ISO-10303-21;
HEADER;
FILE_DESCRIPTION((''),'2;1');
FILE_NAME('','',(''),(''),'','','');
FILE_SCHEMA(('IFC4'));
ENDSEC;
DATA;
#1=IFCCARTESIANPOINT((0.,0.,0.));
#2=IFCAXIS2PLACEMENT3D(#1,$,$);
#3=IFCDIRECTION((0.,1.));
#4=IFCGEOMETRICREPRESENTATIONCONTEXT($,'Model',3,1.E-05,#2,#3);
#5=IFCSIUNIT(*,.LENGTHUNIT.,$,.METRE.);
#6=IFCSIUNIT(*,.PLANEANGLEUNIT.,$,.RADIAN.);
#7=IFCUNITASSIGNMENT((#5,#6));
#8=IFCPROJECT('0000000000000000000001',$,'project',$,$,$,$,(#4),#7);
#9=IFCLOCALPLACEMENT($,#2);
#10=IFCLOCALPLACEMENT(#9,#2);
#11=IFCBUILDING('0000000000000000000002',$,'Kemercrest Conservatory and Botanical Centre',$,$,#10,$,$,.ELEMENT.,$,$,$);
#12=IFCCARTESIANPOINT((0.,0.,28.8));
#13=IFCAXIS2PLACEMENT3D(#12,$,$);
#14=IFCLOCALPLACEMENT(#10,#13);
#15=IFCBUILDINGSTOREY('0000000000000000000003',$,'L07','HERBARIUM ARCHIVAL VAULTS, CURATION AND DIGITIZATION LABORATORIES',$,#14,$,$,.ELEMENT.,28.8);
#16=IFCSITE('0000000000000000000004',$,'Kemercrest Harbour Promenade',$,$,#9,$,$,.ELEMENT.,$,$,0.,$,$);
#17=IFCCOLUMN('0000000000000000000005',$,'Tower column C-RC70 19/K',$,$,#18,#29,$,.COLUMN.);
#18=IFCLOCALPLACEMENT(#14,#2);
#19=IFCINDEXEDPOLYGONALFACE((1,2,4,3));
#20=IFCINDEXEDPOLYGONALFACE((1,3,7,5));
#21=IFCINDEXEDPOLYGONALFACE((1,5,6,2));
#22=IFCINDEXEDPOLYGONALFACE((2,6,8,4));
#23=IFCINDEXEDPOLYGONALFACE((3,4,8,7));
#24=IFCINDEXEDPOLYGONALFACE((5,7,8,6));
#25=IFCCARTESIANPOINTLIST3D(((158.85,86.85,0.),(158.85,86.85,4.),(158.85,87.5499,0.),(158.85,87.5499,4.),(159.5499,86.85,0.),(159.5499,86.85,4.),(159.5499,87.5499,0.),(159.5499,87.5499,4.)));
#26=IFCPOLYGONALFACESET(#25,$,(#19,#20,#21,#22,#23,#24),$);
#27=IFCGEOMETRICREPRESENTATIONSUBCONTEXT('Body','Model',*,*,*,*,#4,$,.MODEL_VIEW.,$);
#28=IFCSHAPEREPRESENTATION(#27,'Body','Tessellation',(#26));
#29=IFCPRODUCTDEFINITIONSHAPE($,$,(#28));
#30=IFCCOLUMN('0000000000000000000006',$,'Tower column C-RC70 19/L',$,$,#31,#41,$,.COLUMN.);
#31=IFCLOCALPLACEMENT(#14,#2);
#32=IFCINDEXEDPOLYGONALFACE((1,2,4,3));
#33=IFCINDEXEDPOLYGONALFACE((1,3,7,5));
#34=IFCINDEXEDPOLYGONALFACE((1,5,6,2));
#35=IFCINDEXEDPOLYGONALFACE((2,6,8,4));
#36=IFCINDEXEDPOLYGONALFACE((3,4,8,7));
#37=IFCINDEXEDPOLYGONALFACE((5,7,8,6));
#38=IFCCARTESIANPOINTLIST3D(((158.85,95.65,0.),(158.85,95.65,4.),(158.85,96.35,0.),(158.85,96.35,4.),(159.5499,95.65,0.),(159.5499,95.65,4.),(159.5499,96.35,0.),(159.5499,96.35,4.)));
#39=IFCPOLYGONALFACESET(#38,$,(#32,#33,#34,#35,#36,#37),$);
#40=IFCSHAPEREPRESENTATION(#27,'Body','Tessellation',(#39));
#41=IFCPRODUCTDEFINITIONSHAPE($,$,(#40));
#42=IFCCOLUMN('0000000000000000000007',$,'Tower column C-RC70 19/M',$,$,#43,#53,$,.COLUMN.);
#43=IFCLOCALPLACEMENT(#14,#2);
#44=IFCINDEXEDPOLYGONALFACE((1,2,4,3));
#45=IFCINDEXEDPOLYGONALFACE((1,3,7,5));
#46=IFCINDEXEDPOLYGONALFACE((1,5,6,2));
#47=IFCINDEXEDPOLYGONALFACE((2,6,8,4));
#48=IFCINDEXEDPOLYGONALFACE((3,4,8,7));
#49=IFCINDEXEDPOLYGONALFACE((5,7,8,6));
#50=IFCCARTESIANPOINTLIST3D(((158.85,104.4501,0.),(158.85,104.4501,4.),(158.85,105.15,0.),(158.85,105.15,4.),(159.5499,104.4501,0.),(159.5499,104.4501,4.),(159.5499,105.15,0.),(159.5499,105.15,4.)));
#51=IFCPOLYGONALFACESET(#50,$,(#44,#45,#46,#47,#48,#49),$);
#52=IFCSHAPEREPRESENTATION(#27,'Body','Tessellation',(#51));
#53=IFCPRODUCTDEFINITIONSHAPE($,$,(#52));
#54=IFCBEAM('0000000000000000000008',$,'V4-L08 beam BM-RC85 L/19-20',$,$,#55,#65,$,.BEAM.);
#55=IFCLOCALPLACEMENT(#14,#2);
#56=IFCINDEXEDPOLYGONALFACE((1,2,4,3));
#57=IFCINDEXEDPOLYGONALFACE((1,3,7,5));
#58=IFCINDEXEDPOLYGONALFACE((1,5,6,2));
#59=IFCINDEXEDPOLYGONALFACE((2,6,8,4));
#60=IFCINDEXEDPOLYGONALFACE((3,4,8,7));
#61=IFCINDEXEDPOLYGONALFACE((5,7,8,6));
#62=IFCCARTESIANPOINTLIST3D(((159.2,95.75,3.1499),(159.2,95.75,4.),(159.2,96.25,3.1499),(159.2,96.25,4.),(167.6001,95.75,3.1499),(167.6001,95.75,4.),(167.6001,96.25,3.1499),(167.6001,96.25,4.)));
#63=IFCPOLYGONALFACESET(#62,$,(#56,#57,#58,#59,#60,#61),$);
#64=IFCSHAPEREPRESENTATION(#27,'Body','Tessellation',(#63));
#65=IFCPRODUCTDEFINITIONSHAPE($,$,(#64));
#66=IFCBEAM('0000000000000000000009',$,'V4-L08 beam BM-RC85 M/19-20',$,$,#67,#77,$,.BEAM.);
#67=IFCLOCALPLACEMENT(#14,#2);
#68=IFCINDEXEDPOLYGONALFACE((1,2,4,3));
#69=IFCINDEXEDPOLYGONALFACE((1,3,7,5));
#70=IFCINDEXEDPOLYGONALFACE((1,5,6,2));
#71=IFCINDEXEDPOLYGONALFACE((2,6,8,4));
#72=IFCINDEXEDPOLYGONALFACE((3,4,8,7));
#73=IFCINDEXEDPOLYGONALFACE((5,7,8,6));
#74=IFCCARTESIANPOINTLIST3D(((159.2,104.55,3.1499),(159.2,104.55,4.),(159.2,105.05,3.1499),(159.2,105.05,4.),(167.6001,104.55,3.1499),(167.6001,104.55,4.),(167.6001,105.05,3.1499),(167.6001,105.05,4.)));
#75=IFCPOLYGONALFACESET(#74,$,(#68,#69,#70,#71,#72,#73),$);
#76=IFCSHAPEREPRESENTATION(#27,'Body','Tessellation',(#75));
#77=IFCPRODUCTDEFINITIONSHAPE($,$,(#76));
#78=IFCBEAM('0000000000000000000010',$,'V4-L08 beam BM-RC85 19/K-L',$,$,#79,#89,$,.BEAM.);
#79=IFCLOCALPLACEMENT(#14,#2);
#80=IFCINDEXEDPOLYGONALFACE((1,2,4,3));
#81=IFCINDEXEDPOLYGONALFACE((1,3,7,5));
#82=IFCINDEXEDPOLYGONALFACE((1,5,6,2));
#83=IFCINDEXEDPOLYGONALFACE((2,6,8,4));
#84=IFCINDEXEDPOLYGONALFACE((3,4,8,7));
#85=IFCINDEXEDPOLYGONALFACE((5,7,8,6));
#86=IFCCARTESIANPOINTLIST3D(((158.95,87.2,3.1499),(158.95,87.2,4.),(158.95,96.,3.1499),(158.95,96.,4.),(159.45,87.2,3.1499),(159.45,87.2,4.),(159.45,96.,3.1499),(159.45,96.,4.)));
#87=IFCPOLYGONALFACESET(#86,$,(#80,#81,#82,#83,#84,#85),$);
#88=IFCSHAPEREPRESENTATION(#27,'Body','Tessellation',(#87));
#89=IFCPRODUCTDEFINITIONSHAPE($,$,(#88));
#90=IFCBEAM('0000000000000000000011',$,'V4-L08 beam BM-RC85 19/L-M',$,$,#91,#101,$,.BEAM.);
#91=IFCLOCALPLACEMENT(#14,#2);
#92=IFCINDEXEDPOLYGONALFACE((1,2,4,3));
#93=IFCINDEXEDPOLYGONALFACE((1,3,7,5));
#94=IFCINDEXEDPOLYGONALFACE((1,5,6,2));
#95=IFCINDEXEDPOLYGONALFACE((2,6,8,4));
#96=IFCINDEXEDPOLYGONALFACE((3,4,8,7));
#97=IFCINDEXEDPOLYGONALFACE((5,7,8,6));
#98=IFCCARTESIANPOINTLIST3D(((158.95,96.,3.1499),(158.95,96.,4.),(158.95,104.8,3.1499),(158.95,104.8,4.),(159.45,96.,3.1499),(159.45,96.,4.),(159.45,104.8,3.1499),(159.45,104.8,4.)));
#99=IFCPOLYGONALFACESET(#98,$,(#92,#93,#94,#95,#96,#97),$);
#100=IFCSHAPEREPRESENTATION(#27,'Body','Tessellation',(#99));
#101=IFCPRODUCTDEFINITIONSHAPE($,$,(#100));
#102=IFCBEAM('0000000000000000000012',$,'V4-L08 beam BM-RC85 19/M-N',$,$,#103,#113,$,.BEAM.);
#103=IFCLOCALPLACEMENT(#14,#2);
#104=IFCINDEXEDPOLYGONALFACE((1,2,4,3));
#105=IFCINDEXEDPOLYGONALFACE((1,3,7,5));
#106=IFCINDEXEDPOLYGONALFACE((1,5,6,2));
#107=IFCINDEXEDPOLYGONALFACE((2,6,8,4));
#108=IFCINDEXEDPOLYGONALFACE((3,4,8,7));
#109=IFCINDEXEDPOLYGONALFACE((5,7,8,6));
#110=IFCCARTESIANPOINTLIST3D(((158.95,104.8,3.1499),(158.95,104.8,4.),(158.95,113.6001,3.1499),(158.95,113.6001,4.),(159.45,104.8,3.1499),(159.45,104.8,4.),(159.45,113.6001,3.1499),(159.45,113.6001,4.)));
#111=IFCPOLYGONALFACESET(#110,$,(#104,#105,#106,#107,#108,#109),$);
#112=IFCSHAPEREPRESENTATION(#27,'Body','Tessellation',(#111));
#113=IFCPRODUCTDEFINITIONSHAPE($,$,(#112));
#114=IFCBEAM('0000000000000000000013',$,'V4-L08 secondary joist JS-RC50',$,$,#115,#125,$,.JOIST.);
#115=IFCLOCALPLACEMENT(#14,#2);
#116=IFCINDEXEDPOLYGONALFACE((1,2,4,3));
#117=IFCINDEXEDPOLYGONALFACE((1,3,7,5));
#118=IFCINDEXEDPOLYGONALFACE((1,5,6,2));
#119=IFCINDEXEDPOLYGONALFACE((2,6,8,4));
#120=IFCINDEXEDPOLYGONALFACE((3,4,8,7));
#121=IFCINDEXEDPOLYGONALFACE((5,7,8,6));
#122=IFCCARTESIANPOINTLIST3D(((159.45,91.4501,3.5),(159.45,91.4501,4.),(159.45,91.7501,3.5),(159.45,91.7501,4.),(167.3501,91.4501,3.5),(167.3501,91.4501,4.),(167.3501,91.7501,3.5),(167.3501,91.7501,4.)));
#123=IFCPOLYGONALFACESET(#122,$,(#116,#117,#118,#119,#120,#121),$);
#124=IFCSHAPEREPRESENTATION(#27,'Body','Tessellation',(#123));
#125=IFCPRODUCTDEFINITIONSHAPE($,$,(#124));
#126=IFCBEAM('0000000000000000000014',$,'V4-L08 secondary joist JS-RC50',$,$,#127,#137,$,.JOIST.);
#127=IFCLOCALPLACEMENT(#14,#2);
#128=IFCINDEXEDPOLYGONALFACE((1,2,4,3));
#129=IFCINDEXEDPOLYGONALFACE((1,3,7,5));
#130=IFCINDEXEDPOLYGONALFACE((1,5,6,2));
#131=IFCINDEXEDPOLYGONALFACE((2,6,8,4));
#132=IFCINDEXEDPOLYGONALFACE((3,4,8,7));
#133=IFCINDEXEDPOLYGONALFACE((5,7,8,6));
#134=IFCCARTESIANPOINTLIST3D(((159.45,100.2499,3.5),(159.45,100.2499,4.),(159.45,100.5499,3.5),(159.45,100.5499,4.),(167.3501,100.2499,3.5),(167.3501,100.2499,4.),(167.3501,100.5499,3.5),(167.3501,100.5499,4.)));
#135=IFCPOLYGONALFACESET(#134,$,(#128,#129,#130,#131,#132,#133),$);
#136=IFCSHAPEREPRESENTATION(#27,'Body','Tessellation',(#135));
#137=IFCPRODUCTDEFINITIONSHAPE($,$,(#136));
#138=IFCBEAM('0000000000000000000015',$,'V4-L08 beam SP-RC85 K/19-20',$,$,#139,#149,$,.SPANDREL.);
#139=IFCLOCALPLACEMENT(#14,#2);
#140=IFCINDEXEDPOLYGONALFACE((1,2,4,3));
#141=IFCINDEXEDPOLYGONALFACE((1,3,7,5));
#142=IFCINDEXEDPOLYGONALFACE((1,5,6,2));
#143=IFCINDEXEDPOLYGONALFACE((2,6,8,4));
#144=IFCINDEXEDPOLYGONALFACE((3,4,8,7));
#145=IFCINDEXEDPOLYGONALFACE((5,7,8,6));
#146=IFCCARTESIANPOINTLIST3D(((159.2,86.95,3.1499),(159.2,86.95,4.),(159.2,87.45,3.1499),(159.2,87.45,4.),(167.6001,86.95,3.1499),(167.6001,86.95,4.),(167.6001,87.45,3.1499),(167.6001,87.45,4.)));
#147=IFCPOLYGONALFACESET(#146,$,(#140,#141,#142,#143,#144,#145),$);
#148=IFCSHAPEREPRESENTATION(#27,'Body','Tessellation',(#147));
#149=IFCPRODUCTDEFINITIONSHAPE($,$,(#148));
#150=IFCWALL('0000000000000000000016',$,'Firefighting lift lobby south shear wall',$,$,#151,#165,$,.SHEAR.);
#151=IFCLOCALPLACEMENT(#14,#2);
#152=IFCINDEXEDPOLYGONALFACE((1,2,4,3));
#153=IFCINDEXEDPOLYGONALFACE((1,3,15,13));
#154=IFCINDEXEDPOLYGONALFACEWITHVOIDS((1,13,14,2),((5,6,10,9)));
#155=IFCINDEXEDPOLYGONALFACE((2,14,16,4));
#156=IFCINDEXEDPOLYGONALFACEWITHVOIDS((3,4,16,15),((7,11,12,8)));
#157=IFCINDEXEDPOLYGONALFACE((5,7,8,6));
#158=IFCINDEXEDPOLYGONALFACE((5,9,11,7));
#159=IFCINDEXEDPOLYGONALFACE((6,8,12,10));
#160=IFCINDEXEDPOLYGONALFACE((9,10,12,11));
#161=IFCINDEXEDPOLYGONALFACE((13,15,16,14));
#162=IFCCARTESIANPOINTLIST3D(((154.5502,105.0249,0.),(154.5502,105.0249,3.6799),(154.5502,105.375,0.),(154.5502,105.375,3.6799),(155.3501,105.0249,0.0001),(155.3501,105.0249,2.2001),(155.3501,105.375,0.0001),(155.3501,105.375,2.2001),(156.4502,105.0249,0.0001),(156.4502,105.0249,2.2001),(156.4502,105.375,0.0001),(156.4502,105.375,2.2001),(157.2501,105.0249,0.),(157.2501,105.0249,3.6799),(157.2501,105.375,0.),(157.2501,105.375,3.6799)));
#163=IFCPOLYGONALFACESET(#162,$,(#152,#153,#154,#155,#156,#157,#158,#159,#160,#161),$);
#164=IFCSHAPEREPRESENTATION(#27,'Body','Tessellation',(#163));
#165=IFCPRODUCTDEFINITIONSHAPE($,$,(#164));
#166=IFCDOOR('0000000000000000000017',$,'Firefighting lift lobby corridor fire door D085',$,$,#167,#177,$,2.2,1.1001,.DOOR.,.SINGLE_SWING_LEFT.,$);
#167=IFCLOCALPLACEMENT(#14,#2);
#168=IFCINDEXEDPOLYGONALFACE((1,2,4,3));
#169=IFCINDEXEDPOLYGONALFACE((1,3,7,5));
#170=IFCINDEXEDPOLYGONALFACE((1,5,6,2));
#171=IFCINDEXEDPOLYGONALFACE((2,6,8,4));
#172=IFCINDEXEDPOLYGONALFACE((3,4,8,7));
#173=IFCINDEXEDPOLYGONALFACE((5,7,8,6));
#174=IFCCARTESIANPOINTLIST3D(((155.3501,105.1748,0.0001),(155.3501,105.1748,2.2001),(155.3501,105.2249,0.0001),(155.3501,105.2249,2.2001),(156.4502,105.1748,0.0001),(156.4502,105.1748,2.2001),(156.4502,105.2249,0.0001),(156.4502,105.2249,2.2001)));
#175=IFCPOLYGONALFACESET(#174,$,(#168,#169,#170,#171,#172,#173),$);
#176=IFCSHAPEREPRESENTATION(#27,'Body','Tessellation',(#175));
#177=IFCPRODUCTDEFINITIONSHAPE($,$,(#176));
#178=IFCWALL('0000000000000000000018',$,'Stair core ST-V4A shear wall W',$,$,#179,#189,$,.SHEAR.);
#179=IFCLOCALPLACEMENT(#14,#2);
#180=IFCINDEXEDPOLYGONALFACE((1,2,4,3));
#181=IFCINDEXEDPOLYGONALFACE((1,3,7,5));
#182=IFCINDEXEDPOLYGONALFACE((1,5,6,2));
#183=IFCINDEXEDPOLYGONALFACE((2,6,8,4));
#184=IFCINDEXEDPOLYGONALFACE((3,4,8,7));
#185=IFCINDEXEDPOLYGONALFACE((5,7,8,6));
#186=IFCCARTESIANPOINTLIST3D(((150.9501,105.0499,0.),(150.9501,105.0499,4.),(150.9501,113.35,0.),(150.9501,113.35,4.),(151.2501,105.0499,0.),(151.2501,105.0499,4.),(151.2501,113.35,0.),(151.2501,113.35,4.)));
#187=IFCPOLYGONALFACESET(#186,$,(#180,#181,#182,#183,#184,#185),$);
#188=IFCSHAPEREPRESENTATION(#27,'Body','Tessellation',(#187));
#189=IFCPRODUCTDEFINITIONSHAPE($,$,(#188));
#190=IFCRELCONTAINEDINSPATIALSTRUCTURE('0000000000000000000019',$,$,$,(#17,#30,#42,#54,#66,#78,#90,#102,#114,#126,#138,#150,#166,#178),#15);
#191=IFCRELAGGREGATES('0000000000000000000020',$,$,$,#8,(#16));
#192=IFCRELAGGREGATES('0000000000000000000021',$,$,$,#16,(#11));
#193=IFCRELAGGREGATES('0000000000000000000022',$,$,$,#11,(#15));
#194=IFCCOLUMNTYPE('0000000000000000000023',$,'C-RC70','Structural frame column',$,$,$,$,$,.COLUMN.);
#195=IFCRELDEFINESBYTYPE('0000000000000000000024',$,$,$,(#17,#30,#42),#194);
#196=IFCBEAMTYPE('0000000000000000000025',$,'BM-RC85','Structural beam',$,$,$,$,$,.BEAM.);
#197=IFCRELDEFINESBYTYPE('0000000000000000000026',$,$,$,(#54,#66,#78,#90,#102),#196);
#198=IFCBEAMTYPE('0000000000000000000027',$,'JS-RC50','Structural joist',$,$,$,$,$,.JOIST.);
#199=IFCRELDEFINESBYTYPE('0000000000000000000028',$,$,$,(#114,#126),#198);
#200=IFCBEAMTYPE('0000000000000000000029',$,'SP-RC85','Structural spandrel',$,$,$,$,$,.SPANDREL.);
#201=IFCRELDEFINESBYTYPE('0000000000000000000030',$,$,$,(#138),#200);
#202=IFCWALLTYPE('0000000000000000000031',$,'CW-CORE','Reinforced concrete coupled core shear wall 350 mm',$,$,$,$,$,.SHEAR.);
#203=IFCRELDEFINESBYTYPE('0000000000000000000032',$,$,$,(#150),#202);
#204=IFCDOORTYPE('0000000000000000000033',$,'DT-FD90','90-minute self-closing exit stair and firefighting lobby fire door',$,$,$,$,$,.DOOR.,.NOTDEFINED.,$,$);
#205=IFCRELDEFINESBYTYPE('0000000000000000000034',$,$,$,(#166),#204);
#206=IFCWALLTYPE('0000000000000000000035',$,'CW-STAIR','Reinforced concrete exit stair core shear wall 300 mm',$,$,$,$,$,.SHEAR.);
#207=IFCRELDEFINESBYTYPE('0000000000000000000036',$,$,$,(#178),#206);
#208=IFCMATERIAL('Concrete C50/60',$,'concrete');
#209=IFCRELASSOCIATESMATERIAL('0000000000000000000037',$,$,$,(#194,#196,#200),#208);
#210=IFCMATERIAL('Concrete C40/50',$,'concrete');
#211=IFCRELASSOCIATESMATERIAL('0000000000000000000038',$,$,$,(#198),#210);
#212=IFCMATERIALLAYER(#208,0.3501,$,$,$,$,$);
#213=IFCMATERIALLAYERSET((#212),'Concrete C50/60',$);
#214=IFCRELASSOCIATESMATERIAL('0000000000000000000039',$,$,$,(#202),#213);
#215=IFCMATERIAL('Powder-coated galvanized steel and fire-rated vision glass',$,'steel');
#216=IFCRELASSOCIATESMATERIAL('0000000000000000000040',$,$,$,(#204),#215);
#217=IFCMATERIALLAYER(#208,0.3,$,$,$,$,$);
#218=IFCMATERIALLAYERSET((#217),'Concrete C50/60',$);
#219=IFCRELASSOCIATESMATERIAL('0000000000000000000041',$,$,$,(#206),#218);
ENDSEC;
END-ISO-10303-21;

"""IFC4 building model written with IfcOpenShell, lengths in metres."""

from ifc_helpers import new_model, si_unit, direction, frame, frame_2d, origin, origin_2d, place, context, subcontext, project, spatial, rectangle, extrude, material, layer, layer_set, material_profile, profile_set, type_object, element, fill, save


model = new_model("IFC4")

# Units and contexts
model_context = context("Model", 3, precision=1e-05, world=origin(), true_north=direction((0.0, 1.0)))
body_context = subcontext(model_context, "Body", "Model", "MODEL_VIEW")
ifc_project = project(units=[si_unit("LENGTHUNIT", "METRE"), si_unit("PLANEANGLEUNIT", "RADIAN")], contexts=[model_context])

# Site, building, storey
site_placement = place(None, origin())
site = spatial("IfcSite", under=ifc_project, at=site_placement, Name="Kemercrest Harbour Promenade", CompositionType="ELEMENT", RefElevation=0.0)
building_placement = place(site_placement, origin())
building = spatial("IfcBuilding", under=site, at=building_placement, Name="Kemercrest Conservatory and Botanical Centre", CompositionType="ELEMENT")
storey_placement = place(building_placement, frame((0.0, 0.0, 28.8)))
storey = spatial("IfcBuildingStorey", under=building, at=storey_placement, Name="L07", Description="HERBARIUM ARCHIVAL VAULTS, CURATION AND DIGITIZATION LABORATORIES", CompositionType="ELEMENT", Elevation=28.8)

# Columns
ifc_material_1 = material(Name="Concrete C50/60", Category="concrete")
ifc_material_profile_1 = material_profile(ifc_material_1, rectangle(XDim=0.7, YDim=0.7, at=origin_2d()), Name="RC 700x700")
ifc_profile_set_1 = profile_set([ifc_material_profile_1], Name="Concrete C50/60")
column_type = type_object("IfcColumnType", Name="C-RC70", Description="Structural frame column", PredefinedType="COLUMN", material=ifc_profile_set_1)
for number, where, z_axis, x_axis, name in (
    (1, (159.2, 87.2, 0.0), (0.0, 0.0, 1.0), (1.0, 0.0, 0.0), "Tower column C-RC70 19/K"),
    (2, (159.2, 96.0, 0.0), (0.0, 0.0, 1.0), (1.0, 0.0, 0.0), "Tower column C-RC70 19/L"),
    (3, (159.2, 104.8, 0.0), (0.0, 0.0, 1.0), (1.0, 0.0, 0.0), "Tower column C-RC70 19/M"),
):
    element("IfcColumn", number, at=place(storey_placement, frame(where, z_axis=z_axis, x_axis=x_axis)), inside=storey, type_object=column_type, Name=name, PredefinedType="COLUMN", context=body_context, shape_type="SweptSolid", body=[
        extrude(rectangle(XDim=0.7, YDim=0.7, at=origin_2d()), origin(), (0.0, 0.0, 1.0), 4.0),
    ])

# Beams
ifc_material_profile_2 = material_profile(ifc_material_1, rectangle(XDim=0.5, YDim=0.8501, at=origin_2d()), Name="RC 500x850")
ifc_profile_set_2 = profile_set([ifc_material_profile_2], Name="Concrete C50/60")
beam_type_1 = type_object("IfcBeamType", Name="BM-RC85", Description="Structural beam", PredefinedType="BEAM", material=ifc_profile_set_2)
for number, where, z_axis, x_axis, name in (
    (4, (159.2, 96.0, 3.575), (1.0, 0.0, 0.0), (0.0, 1.0, 0.0), "V4-L08 beam BM-RC85 L/19-20"),
    (5, (159.2, 104.8, 3.575), (1.0, 0.0, 0.0), (0.0, 1.0, 0.0), "V4-L08 beam BM-RC85 M/19-20"),
):
    element("IfcBeam", number, at=place(storey_placement, frame(where, z_axis=z_axis, x_axis=x_axis)), inside=storey, type_object=beam_type_1, Name=name, PredefinedType="BEAM", context=body_context, shape_type="SweptSolid", body=[
        extrude(rectangle(XDim=0.5, YDim=0.8501, at=origin_2d()), origin(), (0.0, 0.0, 1.0), 8.4001),
    ])
for number, where, z_axis, x_axis, name in (
    (6, (159.2, 87.2, 3.575), (0.0, 1.0, 0.0), (-1.0, 0.0, 0.0), "V4-L08 beam BM-RC85 19/K-L"),
    (7, (159.2, 96.0, 3.575), (0.0, 1.0, 0.0), (-1.0, 0.0, 0.0), "V4-L08 beam BM-RC85 19/L-M"),
    (8, (159.2, 104.8, 3.575), (0.0, 1.0, 0.0), (-1.0, 0.0, 0.0), "V4-L08 beam BM-RC85 19/M-N"),
):
    element("IfcBeam", number, at=place(storey_placement, frame(where, z_axis=z_axis, x_axis=x_axis)), inside=storey, type_object=beam_type_1, Name=name, PredefinedType="BEAM", context=body_context, shape_type="SweptSolid", body=[
        extrude(rectangle(XDim=0.5, YDim=0.8501, at=origin_2d()), origin(), (0.0, 0.0, 1.0), 8.8),
    ])
ifc_material_2 = material(Name="Concrete C40/50", Category="concrete")
ifc_material_profile_3 = material_profile(ifc_material_2, rectangle(XDim=0.3, YDim=0.5, at=origin_2d()), Name="RC 300x500")
ifc_profile_set_3 = profile_set([ifc_material_profile_3], Name="Concrete C40/50")
beam_type_2 = type_object("IfcBeamType", Name="JS-RC50", Description="Structural joist", PredefinedType="JOIST", material=ifc_profile_set_3)
for number, where, z_axis, x_axis, name in (
    (9, (159.45, 91.6001, 3.75), (1.0, 0.0, 0.0), (0.0, 1.0, 0.0), "V4-L08 secondary joist JS-RC50"),
    (10, (159.45, 100.3999, 3.75), (1.0, 0.0, 0.0), (0.0, 1.0, 0.0), "V4-L08 secondary joist JS-RC50"),
):
    element("IfcBeam", number, at=place(storey_placement, frame(where, z_axis=z_axis, x_axis=x_axis)), inside=storey, type_object=beam_type_2, Name=name, PredefinedType="JOIST", context=body_context, shape_type="SweptSolid", body=[
        extrude(rectangle(XDim=0.3, YDim=0.5, at=origin_2d()), origin(), (0.0, 0.0, 1.0), 7.9001),
    ])
ifc_material_profile_4 = material_profile(ifc_material_1, rectangle(XDim=0.5, YDim=0.8501, at=origin_2d()), Name="RC 500x850")
ifc_profile_set_4 = profile_set([ifc_material_profile_4], Name="Concrete C50/60")
beam_type_3 = type_object("IfcBeamType", Name="SP-RC85", Description="Structural spandrel", PredefinedType="SPANDREL", material=ifc_profile_set_4)
beam_placement = place(storey_placement, frame((159.2, 87.2, 3.575), z_axis=(1.0, 0.0, 0.0), x_axis=(0.0, 1.0, 0.0)))
element("IfcBeam", 11, at=beam_placement, inside=storey, type_object=beam_type_3, Name="V4-L08 beam SP-RC85 K/19-20", PredefinedType="SPANDREL", context=body_context, shape_type="SweptSolid", body=[
    extrude(rectangle(XDim=0.5, YDim=0.8501, at=origin_2d()), origin(), (0.0, 0.0, 1.0), 8.4001),
])

# Wall, opening, door
ifc_layer_1 = layer(ifc_material_1, 0.3501)
ifc_layer_set_1 = layer_set([ifc_layer_1], Name="Concrete C50/60")
wall_type_1 = type_object("IfcWallType", Name="CW-CORE", Description="Reinforced concrete coupled core shear wall 350 mm", PredefinedType="SHEAR", material=ifc_layer_set_1)
wall_1_placement = place(storey_placement, frame((154.55, 105.2, 0.0), z_axis=(0.0, 0.0, 1.0), x_axis=(1.0, 0.0, 0.0)))
wall_1 = element("IfcWall", 12, at=wall_1_placement, inside=storey, type_object=wall_type_1, Name="Firefighting lift lobby south shear wall", PredefinedType="SHEAR", context=body_context, shape_type="SweptSolid", body=[
    extrude(rectangle(XDim=2.7, YDim=0.3501, at=frame_2d((1.3501, 0.0))), origin(), (0.0, 0.0, 1.0), 3.6799),
])
opening_1_placement = place(wall_1_placement, frame((0.8, 0.0, 0.0)))
opening_1 = element("IfcOpeningElement", 13, at=opening_1_placement, cuts=wall_1, PredefinedType="OPENING", context=body_context, shape_type="SweptSolid", body=[
    extrude(rectangle(XDim=1.1001, YDim=2.2, at=frame_2d((0.55, 1.1001))), frame((0.0, 0.1851, 0.0), z_axis=(0.0, -1.0, 0.0), x_axis=(1.0, 0.0, 0.0)), (0.0, 0.0, 1.0), 0.3701),
])
ifc_material_3 = material(Name="Powder-coated galvanized steel and fire-rated vision glass", Category="steel")
door_type = type_object("IfcDoorType", Name="DT-FD90", Description="90-minute self-closing exit stair and firefighting lobby fire door", OperationType="NOTDEFINED", PredefinedType="DOOR", material=ifc_material_3)
door_1_placement = place(opening_1_placement, origin())
door_1 = element("IfcDoor", 14, at=door_1_placement, inside=storey, type_object=door_type, Name="Firefighting lift lobby corridor fire door D085", OperationType="SINGLE_SWING_LEFT", OverallHeight=2.2, OverallWidth=1.1001, PredefinedType="DOOR", context=body_context, shape_type="SweptSolid", body=[
    extrude(rectangle(XDim=1.1001, YDim=2.2, at=frame_2d((0.55, 1.1001))), frame((0.0, 0.0249, 0.0), z_axis=(0.0, -1.0, 0.0), x_axis=(1.0, 0.0, 0.0)), (0.0, 0.0, 1.0), 0.05),
])
fill(opening_1, door_1)

# Wall
ifc_layer_2 = layer(ifc_material_1, 0.3)
ifc_layer_set_2 = layer_set([ifc_layer_2], Name="Concrete C50/60")
wall_type_2 = type_object("IfcWallType", Name="CW-STAIR", Description="Reinforced concrete exit stair core shear wall 300 mm", PredefinedType="SHEAR", material=ifc_layer_set_2)
wall_2_placement = place(storey_placement, frame((151.1001, 105.05, 0.0), z_axis=(0.0, 0.0, 1.0), x_axis=(0.0, 1.0, 0.0)))
element("IfcWall", 15, at=wall_2_placement, inside=storey, type_object=wall_type_2, Name="Stair core ST-V4A shear wall W", PredefinedType="SHEAR", context=body_context, shape_type="SweptSolid", body=[
    extrude(rectangle(XDim=8.3, YDim=0.3, at=frame_2d((4.1499, 0.0))), origin(), (0.0, 0.0, 1.0), 4.0),
])

save(model, "model.ifc")
